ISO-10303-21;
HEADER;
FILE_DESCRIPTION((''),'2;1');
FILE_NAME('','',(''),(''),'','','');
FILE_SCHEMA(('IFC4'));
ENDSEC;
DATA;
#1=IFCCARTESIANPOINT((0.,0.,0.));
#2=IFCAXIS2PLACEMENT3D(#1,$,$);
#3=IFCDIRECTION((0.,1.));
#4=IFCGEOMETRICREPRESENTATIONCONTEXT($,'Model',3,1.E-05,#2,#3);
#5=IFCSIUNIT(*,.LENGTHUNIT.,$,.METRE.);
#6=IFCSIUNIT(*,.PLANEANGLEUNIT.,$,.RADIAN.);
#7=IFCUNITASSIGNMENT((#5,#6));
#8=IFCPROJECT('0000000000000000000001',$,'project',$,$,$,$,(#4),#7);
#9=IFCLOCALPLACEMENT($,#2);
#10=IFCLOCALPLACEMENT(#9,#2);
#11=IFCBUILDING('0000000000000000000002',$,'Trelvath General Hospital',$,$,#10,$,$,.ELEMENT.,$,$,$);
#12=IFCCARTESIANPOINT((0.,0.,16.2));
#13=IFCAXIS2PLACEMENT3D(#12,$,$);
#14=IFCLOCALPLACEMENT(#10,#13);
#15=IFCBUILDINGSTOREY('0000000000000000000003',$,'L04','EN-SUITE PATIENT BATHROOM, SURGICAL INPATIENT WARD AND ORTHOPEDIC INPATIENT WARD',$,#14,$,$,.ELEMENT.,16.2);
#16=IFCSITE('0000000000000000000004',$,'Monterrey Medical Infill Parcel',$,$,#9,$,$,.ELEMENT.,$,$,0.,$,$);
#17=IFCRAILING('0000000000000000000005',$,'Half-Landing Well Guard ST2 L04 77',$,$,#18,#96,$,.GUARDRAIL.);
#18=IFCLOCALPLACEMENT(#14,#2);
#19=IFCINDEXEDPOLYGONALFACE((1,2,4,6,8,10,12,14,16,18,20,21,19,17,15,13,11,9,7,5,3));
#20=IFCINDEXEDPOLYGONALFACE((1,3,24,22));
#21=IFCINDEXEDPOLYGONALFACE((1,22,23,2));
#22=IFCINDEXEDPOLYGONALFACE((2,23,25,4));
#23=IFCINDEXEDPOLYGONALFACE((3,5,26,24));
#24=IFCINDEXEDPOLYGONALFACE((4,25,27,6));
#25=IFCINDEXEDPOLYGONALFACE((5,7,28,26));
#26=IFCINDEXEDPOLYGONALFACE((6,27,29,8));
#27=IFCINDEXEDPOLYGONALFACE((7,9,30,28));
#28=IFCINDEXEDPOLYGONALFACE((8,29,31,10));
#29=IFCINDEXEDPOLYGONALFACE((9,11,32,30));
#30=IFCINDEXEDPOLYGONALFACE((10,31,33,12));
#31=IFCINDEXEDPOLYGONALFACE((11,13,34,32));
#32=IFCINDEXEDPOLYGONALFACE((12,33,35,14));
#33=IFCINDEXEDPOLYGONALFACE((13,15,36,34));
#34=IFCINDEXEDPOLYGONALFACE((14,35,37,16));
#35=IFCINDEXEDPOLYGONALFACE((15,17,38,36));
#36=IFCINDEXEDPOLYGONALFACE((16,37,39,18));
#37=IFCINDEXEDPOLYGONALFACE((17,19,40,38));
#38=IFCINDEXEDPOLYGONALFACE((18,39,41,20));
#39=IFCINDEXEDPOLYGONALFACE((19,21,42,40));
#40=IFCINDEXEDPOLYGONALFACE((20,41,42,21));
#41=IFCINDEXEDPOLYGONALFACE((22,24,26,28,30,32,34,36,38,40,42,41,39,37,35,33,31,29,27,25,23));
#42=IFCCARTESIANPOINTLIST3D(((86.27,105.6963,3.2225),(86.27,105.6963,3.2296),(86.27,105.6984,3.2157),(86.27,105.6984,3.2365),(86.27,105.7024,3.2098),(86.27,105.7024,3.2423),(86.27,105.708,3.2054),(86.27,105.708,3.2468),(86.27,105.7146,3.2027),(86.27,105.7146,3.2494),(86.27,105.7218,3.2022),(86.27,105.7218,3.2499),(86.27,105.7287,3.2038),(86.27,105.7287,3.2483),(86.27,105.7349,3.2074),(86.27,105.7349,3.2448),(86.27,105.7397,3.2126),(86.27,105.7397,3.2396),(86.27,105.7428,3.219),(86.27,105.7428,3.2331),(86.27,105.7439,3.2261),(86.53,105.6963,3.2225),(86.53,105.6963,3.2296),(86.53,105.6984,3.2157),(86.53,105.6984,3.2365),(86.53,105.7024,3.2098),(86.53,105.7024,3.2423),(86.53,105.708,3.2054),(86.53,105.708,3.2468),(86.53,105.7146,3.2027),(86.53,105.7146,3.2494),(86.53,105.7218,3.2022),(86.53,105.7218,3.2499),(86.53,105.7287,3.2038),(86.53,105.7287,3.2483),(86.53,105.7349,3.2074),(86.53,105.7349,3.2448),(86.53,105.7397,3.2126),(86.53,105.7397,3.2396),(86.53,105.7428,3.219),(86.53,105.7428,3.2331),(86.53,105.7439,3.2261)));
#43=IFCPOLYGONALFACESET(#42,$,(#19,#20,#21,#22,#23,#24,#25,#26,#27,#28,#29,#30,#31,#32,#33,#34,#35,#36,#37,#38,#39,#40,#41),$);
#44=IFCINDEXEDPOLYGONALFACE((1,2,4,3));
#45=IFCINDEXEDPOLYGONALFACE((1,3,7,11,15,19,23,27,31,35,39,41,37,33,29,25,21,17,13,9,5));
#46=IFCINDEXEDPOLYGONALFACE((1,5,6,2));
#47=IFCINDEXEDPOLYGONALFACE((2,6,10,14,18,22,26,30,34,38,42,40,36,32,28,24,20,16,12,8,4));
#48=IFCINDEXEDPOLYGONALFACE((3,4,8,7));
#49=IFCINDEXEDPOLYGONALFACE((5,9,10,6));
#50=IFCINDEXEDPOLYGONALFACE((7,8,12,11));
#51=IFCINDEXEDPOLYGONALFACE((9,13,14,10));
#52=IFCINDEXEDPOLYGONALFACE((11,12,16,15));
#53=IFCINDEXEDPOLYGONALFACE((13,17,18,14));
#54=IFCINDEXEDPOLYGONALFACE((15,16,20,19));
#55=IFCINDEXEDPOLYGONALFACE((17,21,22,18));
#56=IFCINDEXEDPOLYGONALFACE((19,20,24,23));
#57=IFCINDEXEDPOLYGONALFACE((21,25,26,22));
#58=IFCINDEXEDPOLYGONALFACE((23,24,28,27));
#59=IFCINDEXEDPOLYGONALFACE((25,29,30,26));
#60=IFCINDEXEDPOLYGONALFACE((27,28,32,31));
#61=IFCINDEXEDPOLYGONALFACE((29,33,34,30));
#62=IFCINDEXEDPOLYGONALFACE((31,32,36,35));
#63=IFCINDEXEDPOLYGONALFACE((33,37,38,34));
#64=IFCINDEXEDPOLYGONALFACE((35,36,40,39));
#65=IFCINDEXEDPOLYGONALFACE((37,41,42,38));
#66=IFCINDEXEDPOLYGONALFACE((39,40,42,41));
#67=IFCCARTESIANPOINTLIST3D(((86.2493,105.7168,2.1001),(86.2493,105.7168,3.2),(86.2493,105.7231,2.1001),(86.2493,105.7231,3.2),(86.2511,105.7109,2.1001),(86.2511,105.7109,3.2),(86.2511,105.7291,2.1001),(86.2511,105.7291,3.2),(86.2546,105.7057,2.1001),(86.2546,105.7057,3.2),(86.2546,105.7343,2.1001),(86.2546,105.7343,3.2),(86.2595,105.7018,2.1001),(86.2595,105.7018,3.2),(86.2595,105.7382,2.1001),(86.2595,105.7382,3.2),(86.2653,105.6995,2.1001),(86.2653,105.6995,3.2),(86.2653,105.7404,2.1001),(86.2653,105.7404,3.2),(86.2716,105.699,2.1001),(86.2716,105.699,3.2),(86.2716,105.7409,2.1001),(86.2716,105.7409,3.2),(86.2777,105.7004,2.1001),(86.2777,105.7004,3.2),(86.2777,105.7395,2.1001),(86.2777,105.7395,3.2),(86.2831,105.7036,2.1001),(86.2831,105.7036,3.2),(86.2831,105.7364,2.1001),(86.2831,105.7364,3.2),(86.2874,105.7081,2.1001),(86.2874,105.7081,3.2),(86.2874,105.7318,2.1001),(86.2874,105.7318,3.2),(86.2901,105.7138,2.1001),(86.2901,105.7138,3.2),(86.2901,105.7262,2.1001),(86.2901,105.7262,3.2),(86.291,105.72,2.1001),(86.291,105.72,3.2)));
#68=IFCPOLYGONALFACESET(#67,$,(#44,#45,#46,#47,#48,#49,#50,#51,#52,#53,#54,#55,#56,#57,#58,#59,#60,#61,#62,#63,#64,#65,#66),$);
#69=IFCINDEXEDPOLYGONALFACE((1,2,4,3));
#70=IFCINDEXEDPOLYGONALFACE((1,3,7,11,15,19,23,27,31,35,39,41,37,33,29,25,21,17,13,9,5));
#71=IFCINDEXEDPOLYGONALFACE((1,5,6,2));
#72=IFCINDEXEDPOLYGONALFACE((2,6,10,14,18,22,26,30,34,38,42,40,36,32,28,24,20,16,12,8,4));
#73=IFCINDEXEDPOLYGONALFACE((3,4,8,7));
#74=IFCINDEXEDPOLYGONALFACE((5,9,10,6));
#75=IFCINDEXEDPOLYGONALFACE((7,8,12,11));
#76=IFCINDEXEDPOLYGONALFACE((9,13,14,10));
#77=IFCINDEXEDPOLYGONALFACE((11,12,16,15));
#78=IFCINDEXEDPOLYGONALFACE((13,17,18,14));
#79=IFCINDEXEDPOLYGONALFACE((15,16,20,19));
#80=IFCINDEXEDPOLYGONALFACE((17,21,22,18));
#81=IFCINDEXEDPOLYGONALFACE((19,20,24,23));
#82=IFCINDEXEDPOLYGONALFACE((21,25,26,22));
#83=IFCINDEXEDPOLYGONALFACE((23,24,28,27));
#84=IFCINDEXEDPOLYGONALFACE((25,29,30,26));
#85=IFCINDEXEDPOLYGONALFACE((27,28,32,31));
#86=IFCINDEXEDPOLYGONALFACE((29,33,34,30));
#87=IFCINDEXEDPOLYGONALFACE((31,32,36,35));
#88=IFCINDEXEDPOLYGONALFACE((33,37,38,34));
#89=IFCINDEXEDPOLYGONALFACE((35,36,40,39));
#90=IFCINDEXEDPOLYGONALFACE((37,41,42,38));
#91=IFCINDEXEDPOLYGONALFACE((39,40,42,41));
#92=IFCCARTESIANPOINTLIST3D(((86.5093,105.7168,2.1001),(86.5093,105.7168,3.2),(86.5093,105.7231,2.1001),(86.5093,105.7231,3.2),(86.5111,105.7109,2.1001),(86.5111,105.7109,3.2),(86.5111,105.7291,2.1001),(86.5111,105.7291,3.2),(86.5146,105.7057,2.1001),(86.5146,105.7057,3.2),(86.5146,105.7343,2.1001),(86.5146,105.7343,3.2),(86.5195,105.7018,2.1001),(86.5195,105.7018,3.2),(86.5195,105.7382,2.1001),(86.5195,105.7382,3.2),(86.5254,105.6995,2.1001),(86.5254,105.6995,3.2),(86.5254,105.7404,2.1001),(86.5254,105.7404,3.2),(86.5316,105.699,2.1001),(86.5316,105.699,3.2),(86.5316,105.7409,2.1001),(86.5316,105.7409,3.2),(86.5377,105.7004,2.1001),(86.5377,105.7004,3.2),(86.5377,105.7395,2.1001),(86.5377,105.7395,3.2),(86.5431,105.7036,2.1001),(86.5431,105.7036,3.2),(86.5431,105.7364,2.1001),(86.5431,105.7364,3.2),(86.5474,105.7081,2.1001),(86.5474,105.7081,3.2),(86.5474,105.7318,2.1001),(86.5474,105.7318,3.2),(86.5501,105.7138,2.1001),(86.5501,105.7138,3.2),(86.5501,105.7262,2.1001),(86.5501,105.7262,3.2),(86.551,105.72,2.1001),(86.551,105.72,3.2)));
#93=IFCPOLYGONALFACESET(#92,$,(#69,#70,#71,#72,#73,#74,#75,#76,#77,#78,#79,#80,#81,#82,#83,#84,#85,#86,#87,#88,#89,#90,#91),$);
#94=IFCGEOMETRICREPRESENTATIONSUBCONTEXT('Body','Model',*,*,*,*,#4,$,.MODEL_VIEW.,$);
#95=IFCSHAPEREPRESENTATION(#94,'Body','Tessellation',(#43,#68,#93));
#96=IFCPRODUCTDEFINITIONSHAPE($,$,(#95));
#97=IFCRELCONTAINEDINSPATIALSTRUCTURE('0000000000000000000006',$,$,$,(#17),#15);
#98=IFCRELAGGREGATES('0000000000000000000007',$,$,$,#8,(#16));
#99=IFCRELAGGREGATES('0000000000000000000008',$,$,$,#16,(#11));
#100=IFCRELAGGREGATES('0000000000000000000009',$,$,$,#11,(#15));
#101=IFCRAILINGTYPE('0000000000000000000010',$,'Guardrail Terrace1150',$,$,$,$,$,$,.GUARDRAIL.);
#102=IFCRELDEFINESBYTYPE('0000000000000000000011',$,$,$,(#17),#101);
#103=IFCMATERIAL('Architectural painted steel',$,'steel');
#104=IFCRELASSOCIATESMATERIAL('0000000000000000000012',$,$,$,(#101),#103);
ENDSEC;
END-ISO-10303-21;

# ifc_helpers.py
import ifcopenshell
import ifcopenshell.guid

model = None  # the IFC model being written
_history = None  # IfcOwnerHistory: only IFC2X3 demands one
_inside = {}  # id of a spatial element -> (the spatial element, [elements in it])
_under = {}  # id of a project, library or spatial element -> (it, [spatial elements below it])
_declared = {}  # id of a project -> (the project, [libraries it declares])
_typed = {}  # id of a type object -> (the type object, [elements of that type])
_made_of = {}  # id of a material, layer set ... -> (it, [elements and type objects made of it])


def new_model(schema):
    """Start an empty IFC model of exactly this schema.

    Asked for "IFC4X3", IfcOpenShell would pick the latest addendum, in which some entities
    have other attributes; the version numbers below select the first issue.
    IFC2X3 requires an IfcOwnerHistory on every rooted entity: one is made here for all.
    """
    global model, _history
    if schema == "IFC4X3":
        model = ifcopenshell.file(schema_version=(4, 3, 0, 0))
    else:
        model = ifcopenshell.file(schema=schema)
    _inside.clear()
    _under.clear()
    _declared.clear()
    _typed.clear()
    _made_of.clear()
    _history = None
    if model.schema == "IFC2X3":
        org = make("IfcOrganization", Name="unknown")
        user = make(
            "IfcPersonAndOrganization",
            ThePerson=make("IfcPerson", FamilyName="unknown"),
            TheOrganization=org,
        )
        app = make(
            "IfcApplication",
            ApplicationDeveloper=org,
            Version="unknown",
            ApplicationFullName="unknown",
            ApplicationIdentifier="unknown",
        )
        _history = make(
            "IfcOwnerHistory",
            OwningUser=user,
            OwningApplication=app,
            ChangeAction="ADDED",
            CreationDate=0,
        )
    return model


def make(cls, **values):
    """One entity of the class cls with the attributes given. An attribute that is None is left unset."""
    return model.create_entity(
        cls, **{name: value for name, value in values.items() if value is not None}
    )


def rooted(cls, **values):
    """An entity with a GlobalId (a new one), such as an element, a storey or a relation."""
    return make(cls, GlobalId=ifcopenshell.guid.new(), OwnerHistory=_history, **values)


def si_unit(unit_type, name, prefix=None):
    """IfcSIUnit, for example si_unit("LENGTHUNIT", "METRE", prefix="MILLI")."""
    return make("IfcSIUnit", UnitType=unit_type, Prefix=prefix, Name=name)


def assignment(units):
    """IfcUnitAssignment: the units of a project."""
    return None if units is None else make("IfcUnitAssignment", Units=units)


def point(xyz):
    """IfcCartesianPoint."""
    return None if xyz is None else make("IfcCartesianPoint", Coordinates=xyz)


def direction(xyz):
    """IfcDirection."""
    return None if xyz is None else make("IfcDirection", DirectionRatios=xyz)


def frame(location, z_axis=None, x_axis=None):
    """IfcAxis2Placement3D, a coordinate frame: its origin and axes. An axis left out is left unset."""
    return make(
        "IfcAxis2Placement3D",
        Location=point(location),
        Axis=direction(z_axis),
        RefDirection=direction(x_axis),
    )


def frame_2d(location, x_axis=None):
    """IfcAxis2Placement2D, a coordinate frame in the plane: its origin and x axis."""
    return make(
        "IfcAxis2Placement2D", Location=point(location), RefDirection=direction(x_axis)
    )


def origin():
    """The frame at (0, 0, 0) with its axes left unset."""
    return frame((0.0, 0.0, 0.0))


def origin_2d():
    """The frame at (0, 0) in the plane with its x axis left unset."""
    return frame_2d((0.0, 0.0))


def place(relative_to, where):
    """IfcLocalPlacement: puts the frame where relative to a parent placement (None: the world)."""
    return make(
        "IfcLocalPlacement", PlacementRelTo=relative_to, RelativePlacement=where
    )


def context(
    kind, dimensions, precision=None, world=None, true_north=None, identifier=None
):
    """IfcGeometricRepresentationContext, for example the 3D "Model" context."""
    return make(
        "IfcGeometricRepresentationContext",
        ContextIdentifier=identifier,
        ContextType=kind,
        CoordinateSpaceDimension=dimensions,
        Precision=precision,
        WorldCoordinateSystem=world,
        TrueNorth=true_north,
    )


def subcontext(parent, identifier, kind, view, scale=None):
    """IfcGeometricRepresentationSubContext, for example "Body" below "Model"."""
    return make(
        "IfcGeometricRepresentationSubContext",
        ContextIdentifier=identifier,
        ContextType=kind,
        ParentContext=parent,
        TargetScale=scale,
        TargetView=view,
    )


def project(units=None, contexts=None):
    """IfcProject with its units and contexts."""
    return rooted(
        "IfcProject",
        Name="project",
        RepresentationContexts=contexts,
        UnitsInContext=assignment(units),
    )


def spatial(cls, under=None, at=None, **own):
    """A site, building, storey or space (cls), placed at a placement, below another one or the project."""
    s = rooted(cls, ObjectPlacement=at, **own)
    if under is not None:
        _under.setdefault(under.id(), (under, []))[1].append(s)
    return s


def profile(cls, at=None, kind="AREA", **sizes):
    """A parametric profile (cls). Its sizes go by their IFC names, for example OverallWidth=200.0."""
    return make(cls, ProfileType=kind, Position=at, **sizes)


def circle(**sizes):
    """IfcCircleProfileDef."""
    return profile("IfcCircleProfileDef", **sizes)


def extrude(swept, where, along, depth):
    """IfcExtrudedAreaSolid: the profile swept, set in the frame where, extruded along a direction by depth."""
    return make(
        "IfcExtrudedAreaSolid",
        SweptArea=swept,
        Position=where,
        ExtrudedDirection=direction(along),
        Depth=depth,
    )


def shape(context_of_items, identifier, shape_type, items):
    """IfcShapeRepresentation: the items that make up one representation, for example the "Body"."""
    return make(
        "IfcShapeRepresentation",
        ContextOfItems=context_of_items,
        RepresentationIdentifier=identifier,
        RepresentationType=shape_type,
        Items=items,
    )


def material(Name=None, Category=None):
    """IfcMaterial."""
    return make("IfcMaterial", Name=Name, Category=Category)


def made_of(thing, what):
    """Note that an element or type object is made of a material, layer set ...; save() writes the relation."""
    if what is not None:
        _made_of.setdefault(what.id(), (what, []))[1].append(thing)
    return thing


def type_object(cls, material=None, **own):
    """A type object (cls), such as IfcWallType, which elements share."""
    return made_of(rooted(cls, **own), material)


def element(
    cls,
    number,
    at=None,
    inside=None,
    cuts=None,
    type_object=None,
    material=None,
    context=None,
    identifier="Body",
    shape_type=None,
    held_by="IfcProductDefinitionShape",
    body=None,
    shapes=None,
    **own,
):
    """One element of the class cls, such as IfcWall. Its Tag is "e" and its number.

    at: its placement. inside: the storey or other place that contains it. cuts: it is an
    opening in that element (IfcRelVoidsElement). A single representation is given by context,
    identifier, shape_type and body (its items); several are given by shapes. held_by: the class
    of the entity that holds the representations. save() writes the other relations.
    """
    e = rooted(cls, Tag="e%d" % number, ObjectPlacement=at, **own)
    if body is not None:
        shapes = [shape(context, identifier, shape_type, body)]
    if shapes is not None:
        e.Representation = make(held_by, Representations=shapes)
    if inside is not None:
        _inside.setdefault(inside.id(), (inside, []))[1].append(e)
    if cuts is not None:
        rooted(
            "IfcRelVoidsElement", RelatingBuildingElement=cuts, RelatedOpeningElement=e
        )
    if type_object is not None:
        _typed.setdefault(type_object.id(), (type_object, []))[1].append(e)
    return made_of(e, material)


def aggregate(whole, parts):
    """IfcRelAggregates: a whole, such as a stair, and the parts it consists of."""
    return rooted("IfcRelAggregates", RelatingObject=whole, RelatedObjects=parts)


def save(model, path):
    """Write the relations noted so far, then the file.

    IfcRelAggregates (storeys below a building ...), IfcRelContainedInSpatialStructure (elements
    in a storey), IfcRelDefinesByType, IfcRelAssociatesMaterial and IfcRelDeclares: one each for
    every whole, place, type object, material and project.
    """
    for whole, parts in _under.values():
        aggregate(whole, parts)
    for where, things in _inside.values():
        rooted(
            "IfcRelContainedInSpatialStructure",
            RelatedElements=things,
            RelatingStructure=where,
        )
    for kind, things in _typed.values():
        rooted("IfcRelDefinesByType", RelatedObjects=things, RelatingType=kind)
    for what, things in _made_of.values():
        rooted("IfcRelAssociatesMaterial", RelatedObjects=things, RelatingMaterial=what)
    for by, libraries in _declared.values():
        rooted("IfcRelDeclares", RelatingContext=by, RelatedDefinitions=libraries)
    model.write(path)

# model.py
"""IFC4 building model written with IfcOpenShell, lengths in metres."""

from ifc_helpers import new_model, si_unit, direction, frame, origin, origin_2d, place, context, subcontext, project, spatial, circle, extrude, material, type_object, element, save


model = new_model("IFC4")

# Units and contexts
model_context = context("Model", 3, precision=1e-05, world=origin(), true_north=direction((0.0, 1.0)))
body_context = subcontext(model_context, "Body", "Model", "MODEL_VIEW")
ifc_project = project(units=[si_unit("LENGTHUNIT", "METRE"), si_unit("PLANEANGLEUNIT", "RADIAN")], contexts=[model_context])

# Site, building, storey
site_placement = place(None, origin())
site = spatial("IfcSite", under=ifc_project, at=site_placement, Name="Monterrey Medical Infill Parcel", CompositionType="ELEMENT", RefElevation=0.0)
building_placement = place(site_placement, origin())
building = spatial("IfcBuilding", under=site, at=building_placement, Name="Trelvath General Hospital", CompositionType="ELEMENT")
storey_placement = place(building_placement, frame((0.0, 0.0, 16.2)))
storey = spatial("IfcBuildingStorey", under=building, at=storey_placement, Name="L04", Description="EN-SUITE PATIENT BATHROOM, SURGICAL INPATIENT WARD AND ORTHOPEDIC INPATIENT WARD", CompositionType="ELEMENT", Elevation=16.2)

# Railing
ifc_material_1 = material(Name="Architectural painted steel", Category="steel")
railing_type_1 = type_object("IfcRailingType", Name="Guardrail Terrace1150", PredefinedType="GUARDRAIL", material=ifc_material_1)
railing_1_placement = place(storey_placement, frame((86.27, 105.72, 2.1001)))
element("IfcRailing", 1, at=railing_1_placement, inside=storey, type_object=railing_type_1, Name="Half-Landing Well Guard ST2 L04 77", PredefinedType="GUARDRAIL", context=body_context, shape_type="SweptSolid", body=[
    extrude(circle(Radius=0.0239, at=origin_2d()), frame((0.0, 0.0, 1.126), z_axis=(1.0, 0.0, 0.0), x_axis=(0.0, 1.0, 0.0)), (0.0, 0.0, 1.0), 0.26),
    extrude(circle(Radius=0.021, at=origin_2d()), origin(), (0.0, 0.0, 1.0), 1.0999),
    extrude(circle(Radius=0.021, at=origin_2d()), frame((0.26, 0.0, 0.0)), (0.0, 0.0, 1.0), 1.0999),
])

save(model, "model.ifc")
